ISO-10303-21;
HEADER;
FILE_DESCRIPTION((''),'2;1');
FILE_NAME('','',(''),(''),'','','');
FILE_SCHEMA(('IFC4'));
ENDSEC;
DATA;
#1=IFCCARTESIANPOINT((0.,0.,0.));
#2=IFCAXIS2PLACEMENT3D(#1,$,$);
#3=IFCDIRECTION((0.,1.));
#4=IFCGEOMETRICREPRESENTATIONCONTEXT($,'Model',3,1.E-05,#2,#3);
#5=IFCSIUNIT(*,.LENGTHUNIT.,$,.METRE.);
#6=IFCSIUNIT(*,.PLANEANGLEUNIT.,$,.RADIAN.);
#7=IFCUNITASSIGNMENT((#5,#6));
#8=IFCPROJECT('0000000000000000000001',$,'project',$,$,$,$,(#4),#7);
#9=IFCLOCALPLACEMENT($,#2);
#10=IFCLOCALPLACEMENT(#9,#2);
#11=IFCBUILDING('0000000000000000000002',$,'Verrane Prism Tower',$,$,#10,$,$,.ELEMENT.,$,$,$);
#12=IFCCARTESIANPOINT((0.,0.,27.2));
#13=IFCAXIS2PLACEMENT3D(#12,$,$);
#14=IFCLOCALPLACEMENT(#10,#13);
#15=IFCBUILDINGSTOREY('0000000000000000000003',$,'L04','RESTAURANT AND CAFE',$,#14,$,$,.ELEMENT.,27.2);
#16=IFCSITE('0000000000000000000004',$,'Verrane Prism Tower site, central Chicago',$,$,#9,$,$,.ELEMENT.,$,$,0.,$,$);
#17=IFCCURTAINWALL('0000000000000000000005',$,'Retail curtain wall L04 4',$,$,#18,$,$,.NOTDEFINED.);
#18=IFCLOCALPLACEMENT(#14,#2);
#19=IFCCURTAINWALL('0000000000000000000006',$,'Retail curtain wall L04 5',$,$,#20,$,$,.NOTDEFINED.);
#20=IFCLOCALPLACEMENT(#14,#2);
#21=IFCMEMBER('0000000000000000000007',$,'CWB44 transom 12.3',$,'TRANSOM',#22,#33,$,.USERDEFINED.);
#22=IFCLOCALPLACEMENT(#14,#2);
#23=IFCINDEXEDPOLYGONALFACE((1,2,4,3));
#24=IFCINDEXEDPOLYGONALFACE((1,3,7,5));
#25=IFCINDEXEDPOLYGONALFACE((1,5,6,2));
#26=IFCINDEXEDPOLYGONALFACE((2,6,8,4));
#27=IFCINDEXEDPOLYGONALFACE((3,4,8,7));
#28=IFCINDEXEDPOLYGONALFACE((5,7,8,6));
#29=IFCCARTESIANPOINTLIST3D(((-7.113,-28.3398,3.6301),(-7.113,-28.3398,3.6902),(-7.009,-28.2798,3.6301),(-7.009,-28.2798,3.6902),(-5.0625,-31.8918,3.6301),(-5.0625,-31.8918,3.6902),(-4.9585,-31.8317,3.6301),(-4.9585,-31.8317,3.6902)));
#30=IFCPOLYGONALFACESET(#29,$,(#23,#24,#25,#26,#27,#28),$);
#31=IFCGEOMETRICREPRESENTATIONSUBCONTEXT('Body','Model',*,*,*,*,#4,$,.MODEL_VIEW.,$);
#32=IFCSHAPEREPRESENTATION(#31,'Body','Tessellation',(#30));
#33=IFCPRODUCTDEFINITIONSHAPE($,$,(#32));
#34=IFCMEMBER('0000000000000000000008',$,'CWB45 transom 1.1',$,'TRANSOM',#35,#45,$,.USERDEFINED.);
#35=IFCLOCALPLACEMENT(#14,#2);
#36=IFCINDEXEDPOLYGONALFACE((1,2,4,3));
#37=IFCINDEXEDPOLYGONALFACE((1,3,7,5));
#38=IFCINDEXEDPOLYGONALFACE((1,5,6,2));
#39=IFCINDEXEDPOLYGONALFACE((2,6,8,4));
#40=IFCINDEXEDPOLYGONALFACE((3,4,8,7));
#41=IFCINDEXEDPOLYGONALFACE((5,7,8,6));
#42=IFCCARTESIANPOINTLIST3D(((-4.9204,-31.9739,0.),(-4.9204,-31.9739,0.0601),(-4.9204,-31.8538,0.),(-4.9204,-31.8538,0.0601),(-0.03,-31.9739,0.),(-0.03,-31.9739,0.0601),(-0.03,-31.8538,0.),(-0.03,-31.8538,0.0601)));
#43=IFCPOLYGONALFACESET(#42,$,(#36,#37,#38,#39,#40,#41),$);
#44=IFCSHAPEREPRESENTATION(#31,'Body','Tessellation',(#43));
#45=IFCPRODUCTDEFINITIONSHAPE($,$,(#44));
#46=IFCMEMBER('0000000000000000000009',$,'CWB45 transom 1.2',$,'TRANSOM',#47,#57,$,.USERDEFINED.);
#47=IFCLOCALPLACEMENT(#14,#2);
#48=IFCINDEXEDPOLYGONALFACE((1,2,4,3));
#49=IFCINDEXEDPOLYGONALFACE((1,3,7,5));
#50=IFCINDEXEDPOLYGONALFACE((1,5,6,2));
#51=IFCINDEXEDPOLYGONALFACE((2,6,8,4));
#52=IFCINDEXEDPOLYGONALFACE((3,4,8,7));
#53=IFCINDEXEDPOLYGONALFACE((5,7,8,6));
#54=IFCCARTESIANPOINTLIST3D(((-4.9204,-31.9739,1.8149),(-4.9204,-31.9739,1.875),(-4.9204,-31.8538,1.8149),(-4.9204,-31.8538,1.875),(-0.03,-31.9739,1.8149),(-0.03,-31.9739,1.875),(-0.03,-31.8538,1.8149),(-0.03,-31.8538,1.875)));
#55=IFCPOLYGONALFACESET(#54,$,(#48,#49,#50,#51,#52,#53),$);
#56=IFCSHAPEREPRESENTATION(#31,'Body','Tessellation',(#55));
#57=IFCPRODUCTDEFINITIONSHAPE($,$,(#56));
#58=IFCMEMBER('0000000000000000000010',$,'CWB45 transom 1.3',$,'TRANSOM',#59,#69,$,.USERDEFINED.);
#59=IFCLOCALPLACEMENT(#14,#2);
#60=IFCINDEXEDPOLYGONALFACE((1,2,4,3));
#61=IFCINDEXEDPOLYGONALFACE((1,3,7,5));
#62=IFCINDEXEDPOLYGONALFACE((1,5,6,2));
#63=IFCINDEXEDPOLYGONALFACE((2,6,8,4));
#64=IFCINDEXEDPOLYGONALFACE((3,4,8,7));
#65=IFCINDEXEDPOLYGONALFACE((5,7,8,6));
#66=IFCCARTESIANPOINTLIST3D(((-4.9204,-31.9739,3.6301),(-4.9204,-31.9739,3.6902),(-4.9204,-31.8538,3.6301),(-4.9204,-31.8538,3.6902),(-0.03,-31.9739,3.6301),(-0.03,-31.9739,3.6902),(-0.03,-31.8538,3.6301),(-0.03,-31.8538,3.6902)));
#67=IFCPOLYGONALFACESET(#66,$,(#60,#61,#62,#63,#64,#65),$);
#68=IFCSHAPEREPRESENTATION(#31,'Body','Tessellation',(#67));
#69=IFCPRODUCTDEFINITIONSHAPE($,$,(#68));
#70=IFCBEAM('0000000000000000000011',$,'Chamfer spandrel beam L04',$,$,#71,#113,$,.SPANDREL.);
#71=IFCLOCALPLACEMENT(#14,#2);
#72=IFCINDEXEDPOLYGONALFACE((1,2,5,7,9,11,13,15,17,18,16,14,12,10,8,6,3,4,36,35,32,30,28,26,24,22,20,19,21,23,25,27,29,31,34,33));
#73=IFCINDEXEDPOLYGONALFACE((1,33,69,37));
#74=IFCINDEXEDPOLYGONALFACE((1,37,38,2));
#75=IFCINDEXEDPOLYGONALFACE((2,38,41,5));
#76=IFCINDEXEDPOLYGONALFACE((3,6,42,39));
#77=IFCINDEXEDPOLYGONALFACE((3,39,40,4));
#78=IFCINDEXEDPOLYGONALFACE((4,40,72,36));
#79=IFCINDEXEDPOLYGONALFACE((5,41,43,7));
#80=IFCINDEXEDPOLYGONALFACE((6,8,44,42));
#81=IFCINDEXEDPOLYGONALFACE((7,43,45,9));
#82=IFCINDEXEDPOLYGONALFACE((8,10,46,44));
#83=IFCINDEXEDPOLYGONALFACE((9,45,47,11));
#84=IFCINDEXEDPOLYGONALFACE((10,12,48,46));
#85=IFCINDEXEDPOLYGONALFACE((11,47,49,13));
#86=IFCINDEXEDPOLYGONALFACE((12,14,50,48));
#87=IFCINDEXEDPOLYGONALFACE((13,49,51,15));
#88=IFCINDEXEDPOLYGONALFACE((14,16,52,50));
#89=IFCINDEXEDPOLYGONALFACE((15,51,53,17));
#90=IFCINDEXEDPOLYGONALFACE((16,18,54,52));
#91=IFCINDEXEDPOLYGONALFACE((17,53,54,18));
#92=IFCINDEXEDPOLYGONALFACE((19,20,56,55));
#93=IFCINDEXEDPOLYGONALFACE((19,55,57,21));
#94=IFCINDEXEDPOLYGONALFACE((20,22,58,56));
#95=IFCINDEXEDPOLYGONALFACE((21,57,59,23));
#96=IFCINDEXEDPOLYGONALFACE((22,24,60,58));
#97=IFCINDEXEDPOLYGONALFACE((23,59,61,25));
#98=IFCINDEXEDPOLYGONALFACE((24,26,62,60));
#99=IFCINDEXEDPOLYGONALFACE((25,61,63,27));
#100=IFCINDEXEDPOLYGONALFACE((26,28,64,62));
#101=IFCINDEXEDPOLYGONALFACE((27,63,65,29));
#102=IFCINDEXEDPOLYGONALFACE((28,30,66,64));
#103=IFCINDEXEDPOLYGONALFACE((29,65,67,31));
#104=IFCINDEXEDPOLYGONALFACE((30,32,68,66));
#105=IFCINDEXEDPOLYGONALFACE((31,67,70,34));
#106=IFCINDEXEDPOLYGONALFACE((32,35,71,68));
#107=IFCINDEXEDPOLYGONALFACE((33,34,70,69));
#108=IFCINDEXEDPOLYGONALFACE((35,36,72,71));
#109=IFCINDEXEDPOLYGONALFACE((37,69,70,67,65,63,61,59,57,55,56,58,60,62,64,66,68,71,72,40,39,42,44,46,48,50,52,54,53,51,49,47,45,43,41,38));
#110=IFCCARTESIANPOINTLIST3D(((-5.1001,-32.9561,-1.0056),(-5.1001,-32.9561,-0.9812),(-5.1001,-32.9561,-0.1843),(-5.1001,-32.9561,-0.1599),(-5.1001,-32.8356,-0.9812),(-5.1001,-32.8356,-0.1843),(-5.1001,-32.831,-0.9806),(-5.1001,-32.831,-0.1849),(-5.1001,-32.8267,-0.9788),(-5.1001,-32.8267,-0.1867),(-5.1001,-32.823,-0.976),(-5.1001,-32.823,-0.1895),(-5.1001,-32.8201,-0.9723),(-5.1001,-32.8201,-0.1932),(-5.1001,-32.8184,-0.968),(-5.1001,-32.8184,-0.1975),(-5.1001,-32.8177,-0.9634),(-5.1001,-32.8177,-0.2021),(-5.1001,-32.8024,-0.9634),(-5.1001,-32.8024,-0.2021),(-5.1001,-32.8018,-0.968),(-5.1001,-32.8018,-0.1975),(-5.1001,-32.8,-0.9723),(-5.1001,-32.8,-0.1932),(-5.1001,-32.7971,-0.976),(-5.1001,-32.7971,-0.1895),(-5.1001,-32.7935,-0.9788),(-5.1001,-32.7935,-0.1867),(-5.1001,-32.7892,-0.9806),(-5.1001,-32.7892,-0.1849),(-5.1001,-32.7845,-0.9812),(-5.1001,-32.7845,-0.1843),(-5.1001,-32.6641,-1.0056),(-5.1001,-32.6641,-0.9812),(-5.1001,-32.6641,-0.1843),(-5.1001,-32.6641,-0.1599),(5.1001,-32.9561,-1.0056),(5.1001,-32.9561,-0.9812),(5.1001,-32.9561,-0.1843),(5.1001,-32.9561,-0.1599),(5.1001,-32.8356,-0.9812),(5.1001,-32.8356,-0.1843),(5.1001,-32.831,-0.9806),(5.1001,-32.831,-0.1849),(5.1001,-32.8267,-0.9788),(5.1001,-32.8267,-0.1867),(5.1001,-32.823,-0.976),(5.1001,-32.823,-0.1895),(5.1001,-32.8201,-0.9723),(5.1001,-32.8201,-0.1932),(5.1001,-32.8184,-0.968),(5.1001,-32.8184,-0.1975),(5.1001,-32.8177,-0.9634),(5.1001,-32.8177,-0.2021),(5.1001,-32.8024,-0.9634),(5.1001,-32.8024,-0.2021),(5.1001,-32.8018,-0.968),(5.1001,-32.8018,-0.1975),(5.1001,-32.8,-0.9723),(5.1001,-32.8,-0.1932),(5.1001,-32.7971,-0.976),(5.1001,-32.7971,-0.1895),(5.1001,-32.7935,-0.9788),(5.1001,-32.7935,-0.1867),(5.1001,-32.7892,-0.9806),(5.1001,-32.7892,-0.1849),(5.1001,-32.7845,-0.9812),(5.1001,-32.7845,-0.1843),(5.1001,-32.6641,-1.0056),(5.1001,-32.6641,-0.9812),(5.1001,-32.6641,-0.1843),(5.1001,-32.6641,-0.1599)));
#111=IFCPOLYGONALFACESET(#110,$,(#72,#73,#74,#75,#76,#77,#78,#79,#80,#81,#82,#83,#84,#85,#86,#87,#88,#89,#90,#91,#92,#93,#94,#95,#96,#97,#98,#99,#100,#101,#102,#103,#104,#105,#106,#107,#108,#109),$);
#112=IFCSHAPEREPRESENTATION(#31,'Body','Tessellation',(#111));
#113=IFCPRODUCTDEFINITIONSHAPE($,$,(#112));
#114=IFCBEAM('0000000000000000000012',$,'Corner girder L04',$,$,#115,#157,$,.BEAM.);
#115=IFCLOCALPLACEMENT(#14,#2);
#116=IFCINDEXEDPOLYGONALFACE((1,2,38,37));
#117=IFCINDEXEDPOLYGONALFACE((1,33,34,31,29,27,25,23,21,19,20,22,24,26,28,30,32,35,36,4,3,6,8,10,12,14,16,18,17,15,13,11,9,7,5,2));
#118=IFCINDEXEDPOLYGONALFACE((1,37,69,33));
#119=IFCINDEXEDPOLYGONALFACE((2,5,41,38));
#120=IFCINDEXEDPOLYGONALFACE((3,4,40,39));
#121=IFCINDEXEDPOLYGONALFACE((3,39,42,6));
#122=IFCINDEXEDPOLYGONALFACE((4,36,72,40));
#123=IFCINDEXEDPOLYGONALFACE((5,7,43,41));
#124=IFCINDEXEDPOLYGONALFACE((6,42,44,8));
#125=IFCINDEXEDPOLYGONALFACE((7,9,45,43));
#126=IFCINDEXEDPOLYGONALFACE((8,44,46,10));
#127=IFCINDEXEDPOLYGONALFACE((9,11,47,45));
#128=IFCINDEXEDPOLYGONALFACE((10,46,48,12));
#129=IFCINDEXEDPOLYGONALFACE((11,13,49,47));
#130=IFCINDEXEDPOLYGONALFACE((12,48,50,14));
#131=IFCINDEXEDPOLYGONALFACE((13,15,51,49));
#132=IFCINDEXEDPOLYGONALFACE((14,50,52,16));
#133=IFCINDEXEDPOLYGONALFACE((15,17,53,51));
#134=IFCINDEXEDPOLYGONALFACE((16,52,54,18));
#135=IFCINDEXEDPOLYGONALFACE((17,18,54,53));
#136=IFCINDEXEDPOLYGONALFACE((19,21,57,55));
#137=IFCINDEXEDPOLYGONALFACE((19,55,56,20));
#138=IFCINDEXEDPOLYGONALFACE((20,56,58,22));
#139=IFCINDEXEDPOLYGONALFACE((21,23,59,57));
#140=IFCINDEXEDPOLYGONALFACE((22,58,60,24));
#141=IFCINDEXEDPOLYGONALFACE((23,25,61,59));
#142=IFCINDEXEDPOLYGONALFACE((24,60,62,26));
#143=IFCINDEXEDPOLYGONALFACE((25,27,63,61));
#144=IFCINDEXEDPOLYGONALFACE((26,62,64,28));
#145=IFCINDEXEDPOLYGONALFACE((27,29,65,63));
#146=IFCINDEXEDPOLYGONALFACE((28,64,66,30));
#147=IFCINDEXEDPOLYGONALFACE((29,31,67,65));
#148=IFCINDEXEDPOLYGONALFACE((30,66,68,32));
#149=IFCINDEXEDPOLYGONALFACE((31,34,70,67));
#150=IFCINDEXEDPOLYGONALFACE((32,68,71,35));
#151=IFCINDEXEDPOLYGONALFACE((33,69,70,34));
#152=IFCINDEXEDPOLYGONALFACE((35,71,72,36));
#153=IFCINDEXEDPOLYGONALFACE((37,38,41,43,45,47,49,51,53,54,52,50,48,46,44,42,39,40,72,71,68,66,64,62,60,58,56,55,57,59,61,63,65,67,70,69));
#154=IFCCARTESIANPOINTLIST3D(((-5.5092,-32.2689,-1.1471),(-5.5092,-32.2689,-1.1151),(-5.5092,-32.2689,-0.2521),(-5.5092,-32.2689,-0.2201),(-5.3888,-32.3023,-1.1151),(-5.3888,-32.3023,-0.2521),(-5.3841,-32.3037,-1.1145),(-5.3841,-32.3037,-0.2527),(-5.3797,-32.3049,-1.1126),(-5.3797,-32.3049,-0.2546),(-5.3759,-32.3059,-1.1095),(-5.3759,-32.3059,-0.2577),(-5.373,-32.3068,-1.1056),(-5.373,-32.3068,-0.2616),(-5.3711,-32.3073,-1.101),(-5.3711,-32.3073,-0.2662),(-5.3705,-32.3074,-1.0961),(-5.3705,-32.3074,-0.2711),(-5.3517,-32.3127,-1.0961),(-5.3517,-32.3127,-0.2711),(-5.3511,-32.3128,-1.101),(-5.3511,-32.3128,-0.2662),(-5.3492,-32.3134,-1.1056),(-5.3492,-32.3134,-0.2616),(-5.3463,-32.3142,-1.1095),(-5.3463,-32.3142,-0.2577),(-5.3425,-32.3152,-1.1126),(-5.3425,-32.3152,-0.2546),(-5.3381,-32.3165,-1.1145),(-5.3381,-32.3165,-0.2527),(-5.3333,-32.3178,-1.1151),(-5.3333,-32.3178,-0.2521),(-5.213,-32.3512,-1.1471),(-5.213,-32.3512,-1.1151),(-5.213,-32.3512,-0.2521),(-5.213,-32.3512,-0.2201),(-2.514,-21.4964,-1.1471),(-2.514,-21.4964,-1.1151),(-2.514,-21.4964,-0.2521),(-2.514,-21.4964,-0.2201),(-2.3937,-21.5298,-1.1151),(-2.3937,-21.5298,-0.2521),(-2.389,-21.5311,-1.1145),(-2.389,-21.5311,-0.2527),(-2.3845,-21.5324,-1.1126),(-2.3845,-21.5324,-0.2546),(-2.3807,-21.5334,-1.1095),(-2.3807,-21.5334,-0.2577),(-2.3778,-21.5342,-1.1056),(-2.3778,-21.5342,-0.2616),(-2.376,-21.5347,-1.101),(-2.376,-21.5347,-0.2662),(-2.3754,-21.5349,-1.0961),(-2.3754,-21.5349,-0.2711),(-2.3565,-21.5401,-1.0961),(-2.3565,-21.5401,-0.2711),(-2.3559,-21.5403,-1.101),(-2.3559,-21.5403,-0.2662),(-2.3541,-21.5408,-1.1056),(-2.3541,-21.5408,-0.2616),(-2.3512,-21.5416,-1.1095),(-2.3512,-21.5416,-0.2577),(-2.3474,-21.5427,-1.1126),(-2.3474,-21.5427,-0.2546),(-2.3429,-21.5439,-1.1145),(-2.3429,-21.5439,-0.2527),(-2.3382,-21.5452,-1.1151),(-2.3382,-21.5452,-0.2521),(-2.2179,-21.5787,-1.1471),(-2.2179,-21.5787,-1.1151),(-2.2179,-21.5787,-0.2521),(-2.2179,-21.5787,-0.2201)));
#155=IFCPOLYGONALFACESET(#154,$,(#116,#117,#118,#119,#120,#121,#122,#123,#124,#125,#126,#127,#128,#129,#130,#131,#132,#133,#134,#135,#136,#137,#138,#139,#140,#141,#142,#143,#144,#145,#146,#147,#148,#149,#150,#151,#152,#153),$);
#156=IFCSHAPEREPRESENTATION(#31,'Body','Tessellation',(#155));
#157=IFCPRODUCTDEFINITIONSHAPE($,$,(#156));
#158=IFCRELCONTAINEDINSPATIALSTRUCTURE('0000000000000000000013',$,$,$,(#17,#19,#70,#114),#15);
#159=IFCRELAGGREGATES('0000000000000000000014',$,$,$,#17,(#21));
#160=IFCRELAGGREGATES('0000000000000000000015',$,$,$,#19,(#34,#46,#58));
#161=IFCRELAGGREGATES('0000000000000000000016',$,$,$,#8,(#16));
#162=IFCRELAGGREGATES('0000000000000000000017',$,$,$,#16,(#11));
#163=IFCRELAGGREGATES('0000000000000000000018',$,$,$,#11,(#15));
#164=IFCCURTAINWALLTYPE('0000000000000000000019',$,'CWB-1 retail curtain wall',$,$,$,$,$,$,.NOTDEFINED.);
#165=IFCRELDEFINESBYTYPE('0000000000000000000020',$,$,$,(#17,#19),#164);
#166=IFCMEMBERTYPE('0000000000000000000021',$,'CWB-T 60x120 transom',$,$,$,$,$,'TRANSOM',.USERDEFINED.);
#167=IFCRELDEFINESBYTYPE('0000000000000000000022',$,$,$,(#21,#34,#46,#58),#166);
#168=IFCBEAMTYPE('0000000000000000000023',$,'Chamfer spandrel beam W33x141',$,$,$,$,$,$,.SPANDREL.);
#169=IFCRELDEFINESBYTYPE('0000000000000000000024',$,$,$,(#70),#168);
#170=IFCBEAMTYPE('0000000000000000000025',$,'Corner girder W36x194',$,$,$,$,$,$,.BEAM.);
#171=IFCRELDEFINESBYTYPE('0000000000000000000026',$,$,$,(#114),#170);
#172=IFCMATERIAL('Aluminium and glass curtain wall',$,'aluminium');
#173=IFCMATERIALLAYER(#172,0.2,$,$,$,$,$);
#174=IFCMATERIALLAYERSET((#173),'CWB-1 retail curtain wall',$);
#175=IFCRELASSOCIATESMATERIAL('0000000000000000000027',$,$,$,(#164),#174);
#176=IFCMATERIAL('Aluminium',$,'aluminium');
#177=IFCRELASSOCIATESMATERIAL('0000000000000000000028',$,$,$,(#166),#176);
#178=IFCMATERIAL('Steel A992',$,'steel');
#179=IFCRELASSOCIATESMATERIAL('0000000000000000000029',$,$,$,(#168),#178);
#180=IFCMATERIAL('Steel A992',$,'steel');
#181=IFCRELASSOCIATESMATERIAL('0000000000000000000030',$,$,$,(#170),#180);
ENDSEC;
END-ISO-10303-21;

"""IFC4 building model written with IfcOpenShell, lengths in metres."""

from ifc_helpers import new_model, si_unit, direction, frame, origin, origin_2d, place, context, subcontext, project, spatial, rectangle, i_section, extrude, material, layer, layer_set, material_profile, profile_set, type_object, element, aggregate, save


model = new_model("IFC4")

# Units and contexts
model_context = context("Model", 3, precision=1e-05, world=origin(), true_north=direction((0.0, 1.0)))
body_context = subcontext(model_context, "Body", "Model", "MODEL_VIEW")
ifc_project = project(units=[si_unit("LENGTHUNIT", "METRE"), si_unit("PLANEANGLEUNIT", "RADIAN")], contexts=[model_context])

# Site, building, storey
site_placement = place(None, origin())
site = spatial("IfcSite", under=ifc_project, at=site_placement, Name="Verrane Prism Tower site, central Chicago", CompositionType="ELEMENT", RefElevation=0.0)
building_placement = place(site_placement, origin())
building = spatial("IfcBuilding", under=site, at=building_placement, Name="Verrane Prism Tower", CompositionType="ELEMENT")
storey_placement = place(building_placement, frame((0.0, 0.0, 27.2)))
storey = spatial("IfcBuildingStorey", under=building, at=storey_placement, Name="L04", Description="RESTAURANT AND CAFE", CompositionType="ELEMENT", Elevation=27.2)

# Curtain wall
ifc_material_1 = material(Name="Aluminium and glass curtain wall", Category="aluminium")
ifc_layer_1 = layer(ifc_material_1, 0.2)
ifc_layer_set_1 = layer_set([ifc_layer_1], Name="CWB-1 retail curtain wall")
curtain_wall_type = type_object("IfcCurtainWallType", Name="CWB-1 retail curtain wall", PredefinedType="NOTDEFINED", material=ifc_layer_set_1)
curtain_wall_1_placement = place(storey_placement, origin())
curtain_wall_1 = element("IfcCurtainWall", 1, at=curtain_wall_1_placement, inside=storey, type_object=curtain_wall_type, Name="Retail curtain wall L04 4", PredefinedType="NOTDEFINED")

# Curtain wall
curtain_wall_2_placement = place(storey_placement, origin())
curtain_wall_2 = element("IfcCurtainWall", 2, at=curtain_wall_2_placement, inside=storey, type_object=curtain_wall_type, Name="Retail curtain wall L04 5", PredefinedType="NOTDEFINED")

# Members
ifc_material_2 = material(Name="Aluminium", Category="aluminium")
ifc_material_profile_1 = material_profile(ifc_material_2, rectangle(XDim=0.1201, YDim=0.0601, at=origin_2d()), Name="CWB-T 60x120 transom")
ifc_profile_set_1 = profile_set([ifc_material_profile_1], Name="Aluminium")
member_type_1 = type_object("IfcMemberType", Name="CWB-T 60x120 transom", ElementType="TRANSOM", PredefinedType="USERDEFINED", material=ifc_profile_set_1)
member_1_placement = place(storey_placement, frame((-7.061, -28.3098, 3.6602), z_axis=(0.499961, -0.866048, 0.0), x_axis=(0.866048, 0.499961, 0.0)))
member_1 = element("IfcMember", 3, at=member_1_placement, type_object=member_type_1, Name="CWB44 transom 12.3", ObjectType="TRANSOM", PredefinedType="USERDEFINED", context=body_context, shape_type="SweptSolid", body=[
    extrude(rectangle(XDim=0.1201, YDim=0.0601, at=origin_2d()), origin(), (0.0, 0.0, 1.0), 4.1013),
])
member_2_placement = place(storey_placement, frame((-4.9204, -31.9138, 0.03), z_axis=(1.0, 0.0, 0.0), x_axis=(0.0, 1.0, 0.0)))
member_2 = element("IfcMember", 4, at=member_2_placement, type_object=member_type_1, Name="CWB45 transom 1.1", ObjectType="TRANSOM", PredefinedType="USERDEFINED", context=body_context, shape_type="SweptSolid", body=[
    extrude(rectangle(XDim=0.1201, YDim=0.0601, at=origin_2d()), origin(), (0.0, 0.0, 1.0), 4.8904),
])
member_3_placement = place(storey_placement, frame((-4.9204, -31.9138, 1.845), z_axis=(1.0, 0.0, 0.0), x_axis=(0.0, 1.0, 0.0)))
member_3 = element("IfcMember", 5, at=member_3_placement, type_object=member_type_1, Name="CWB45 transom 1.2", ObjectType="TRANSOM", PredefinedType="USERDEFINED", context=body_context, shape_type="SweptSolid", body=[
    extrude(rectangle(XDim=0.1201, YDim=0.0601, at=origin_2d()), origin(), (0.0, 0.0, 1.0), 4.8904),
])
member_4_placement = place(storey_placement, frame((-4.9204, -31.9138, 3.6602), z_axis=(1.0, 0.0, 0.0), x_axis=(0.0, 1.0, 0.0)))
member_4 = element("IfcMember", 6, at=member_4_placement, type_object=member_type_1, Name="CWB45 transom 1.3", ObjectType="TRANSOM", PredefinedType="USERDEFINED", context=body_context, shape_type="SweptSolid", body=[
    extrude(rectangle(XDim=0.1201, YDim=0.0601, at=origin_2d()), origin(), (0.0, 0.0, 1.0), 4.8904),
])

# Beams
ifc_material_3 = material(Name="Steel A992", Category="steel")
ifc_material_profile_2 = material_profile(ifc_material_3, i_section(OverallWidth=0.292, OverallDepth=0.8457, WebThickness=0.0154, FlangeThickness=0.0244, FilletRadius=0.0178, at=origin_2d()), Name="W33x141")
ifc_profile_set_2 = profile_set([ifc_material_profile_2], Name="Steel A992")
beam_type_1 = type_object("IfcBeamType", Name="Chamfer spandrel beam W33x141", PredefinedType="SPANDREL", material=ifc_profile_set_2)
beam_1_placement = place(storey_placement, frame((-5.1001, -32.8101, -0.5828), z_axis=(1.0, 0.0, 0.0), x_axis=(0.0, 1.0, 0.0)))
element("IfcBeam", 7, at=beam_1_placement, inside=storey, type_object=beam_type_1, Name="Chamfer spandrel beam L04", PredefinedType="SPANDREL", context=body_context, shape_type="SweptSolid", body=[
    extrude(i_section(OverallWidth=0.292, OverallDepth=0.8457, WebThickness=0.0154, FlangeThickness=0.0244, FilletRadius=0.0178, at=origin_2d()), origin(), (0.0, 0.0, 1.0), 10.2002),
])
ifc_material_4 = material(Name="Steel A992", Category="steel")
ifc_material_profile_3 = material_profile(ifc_material_4, i_section(OverallWidth=0.3074, OverallDepth=0.927, WebThickness=0.0195, FlangeThickness=0.032, FilletRadius=0.019, at=origin_2d()), Name="W36x194")
ifc_profile_set_3 = profile_set([ifc_material_profile_3], Name="Steel A992")
beam_type_2 = type_object("IfcBeamType", Name="Corner girder W36x194", PredefinedType="BEAM", material=ifc_profile_set_3)
beam_2_placement = place(storey_placement, frame((-5.3611, -32.3101, -0.6836), z_axis=(0.267874, 0.963454, 0.0), x_axis=(-0.963454, 0.267874, 0.0)))
element("IfcBeam", 8, at=beam_2_placement, inside=storey, type_object=beam_type_2, Name="Corner girder L04", PredefinedType="BEAM", context=body_context, shape_type="SweptSolid", body=[
    extrude(i_section(OverallWidth=0.3074, OverallDepth=0.927, WebThickness=0.0195, FlangeThickness=0.032, FilletRadius=0.019, at=origin_2d()), origin(), (0.0, 0.0, 1.0), 11.1812),
])

aggregate(curtain_wall_1, [member_1])
aggregate(curtain_wall_2, [member_2, member_3, member_4])

save(model, "model.ifc")
